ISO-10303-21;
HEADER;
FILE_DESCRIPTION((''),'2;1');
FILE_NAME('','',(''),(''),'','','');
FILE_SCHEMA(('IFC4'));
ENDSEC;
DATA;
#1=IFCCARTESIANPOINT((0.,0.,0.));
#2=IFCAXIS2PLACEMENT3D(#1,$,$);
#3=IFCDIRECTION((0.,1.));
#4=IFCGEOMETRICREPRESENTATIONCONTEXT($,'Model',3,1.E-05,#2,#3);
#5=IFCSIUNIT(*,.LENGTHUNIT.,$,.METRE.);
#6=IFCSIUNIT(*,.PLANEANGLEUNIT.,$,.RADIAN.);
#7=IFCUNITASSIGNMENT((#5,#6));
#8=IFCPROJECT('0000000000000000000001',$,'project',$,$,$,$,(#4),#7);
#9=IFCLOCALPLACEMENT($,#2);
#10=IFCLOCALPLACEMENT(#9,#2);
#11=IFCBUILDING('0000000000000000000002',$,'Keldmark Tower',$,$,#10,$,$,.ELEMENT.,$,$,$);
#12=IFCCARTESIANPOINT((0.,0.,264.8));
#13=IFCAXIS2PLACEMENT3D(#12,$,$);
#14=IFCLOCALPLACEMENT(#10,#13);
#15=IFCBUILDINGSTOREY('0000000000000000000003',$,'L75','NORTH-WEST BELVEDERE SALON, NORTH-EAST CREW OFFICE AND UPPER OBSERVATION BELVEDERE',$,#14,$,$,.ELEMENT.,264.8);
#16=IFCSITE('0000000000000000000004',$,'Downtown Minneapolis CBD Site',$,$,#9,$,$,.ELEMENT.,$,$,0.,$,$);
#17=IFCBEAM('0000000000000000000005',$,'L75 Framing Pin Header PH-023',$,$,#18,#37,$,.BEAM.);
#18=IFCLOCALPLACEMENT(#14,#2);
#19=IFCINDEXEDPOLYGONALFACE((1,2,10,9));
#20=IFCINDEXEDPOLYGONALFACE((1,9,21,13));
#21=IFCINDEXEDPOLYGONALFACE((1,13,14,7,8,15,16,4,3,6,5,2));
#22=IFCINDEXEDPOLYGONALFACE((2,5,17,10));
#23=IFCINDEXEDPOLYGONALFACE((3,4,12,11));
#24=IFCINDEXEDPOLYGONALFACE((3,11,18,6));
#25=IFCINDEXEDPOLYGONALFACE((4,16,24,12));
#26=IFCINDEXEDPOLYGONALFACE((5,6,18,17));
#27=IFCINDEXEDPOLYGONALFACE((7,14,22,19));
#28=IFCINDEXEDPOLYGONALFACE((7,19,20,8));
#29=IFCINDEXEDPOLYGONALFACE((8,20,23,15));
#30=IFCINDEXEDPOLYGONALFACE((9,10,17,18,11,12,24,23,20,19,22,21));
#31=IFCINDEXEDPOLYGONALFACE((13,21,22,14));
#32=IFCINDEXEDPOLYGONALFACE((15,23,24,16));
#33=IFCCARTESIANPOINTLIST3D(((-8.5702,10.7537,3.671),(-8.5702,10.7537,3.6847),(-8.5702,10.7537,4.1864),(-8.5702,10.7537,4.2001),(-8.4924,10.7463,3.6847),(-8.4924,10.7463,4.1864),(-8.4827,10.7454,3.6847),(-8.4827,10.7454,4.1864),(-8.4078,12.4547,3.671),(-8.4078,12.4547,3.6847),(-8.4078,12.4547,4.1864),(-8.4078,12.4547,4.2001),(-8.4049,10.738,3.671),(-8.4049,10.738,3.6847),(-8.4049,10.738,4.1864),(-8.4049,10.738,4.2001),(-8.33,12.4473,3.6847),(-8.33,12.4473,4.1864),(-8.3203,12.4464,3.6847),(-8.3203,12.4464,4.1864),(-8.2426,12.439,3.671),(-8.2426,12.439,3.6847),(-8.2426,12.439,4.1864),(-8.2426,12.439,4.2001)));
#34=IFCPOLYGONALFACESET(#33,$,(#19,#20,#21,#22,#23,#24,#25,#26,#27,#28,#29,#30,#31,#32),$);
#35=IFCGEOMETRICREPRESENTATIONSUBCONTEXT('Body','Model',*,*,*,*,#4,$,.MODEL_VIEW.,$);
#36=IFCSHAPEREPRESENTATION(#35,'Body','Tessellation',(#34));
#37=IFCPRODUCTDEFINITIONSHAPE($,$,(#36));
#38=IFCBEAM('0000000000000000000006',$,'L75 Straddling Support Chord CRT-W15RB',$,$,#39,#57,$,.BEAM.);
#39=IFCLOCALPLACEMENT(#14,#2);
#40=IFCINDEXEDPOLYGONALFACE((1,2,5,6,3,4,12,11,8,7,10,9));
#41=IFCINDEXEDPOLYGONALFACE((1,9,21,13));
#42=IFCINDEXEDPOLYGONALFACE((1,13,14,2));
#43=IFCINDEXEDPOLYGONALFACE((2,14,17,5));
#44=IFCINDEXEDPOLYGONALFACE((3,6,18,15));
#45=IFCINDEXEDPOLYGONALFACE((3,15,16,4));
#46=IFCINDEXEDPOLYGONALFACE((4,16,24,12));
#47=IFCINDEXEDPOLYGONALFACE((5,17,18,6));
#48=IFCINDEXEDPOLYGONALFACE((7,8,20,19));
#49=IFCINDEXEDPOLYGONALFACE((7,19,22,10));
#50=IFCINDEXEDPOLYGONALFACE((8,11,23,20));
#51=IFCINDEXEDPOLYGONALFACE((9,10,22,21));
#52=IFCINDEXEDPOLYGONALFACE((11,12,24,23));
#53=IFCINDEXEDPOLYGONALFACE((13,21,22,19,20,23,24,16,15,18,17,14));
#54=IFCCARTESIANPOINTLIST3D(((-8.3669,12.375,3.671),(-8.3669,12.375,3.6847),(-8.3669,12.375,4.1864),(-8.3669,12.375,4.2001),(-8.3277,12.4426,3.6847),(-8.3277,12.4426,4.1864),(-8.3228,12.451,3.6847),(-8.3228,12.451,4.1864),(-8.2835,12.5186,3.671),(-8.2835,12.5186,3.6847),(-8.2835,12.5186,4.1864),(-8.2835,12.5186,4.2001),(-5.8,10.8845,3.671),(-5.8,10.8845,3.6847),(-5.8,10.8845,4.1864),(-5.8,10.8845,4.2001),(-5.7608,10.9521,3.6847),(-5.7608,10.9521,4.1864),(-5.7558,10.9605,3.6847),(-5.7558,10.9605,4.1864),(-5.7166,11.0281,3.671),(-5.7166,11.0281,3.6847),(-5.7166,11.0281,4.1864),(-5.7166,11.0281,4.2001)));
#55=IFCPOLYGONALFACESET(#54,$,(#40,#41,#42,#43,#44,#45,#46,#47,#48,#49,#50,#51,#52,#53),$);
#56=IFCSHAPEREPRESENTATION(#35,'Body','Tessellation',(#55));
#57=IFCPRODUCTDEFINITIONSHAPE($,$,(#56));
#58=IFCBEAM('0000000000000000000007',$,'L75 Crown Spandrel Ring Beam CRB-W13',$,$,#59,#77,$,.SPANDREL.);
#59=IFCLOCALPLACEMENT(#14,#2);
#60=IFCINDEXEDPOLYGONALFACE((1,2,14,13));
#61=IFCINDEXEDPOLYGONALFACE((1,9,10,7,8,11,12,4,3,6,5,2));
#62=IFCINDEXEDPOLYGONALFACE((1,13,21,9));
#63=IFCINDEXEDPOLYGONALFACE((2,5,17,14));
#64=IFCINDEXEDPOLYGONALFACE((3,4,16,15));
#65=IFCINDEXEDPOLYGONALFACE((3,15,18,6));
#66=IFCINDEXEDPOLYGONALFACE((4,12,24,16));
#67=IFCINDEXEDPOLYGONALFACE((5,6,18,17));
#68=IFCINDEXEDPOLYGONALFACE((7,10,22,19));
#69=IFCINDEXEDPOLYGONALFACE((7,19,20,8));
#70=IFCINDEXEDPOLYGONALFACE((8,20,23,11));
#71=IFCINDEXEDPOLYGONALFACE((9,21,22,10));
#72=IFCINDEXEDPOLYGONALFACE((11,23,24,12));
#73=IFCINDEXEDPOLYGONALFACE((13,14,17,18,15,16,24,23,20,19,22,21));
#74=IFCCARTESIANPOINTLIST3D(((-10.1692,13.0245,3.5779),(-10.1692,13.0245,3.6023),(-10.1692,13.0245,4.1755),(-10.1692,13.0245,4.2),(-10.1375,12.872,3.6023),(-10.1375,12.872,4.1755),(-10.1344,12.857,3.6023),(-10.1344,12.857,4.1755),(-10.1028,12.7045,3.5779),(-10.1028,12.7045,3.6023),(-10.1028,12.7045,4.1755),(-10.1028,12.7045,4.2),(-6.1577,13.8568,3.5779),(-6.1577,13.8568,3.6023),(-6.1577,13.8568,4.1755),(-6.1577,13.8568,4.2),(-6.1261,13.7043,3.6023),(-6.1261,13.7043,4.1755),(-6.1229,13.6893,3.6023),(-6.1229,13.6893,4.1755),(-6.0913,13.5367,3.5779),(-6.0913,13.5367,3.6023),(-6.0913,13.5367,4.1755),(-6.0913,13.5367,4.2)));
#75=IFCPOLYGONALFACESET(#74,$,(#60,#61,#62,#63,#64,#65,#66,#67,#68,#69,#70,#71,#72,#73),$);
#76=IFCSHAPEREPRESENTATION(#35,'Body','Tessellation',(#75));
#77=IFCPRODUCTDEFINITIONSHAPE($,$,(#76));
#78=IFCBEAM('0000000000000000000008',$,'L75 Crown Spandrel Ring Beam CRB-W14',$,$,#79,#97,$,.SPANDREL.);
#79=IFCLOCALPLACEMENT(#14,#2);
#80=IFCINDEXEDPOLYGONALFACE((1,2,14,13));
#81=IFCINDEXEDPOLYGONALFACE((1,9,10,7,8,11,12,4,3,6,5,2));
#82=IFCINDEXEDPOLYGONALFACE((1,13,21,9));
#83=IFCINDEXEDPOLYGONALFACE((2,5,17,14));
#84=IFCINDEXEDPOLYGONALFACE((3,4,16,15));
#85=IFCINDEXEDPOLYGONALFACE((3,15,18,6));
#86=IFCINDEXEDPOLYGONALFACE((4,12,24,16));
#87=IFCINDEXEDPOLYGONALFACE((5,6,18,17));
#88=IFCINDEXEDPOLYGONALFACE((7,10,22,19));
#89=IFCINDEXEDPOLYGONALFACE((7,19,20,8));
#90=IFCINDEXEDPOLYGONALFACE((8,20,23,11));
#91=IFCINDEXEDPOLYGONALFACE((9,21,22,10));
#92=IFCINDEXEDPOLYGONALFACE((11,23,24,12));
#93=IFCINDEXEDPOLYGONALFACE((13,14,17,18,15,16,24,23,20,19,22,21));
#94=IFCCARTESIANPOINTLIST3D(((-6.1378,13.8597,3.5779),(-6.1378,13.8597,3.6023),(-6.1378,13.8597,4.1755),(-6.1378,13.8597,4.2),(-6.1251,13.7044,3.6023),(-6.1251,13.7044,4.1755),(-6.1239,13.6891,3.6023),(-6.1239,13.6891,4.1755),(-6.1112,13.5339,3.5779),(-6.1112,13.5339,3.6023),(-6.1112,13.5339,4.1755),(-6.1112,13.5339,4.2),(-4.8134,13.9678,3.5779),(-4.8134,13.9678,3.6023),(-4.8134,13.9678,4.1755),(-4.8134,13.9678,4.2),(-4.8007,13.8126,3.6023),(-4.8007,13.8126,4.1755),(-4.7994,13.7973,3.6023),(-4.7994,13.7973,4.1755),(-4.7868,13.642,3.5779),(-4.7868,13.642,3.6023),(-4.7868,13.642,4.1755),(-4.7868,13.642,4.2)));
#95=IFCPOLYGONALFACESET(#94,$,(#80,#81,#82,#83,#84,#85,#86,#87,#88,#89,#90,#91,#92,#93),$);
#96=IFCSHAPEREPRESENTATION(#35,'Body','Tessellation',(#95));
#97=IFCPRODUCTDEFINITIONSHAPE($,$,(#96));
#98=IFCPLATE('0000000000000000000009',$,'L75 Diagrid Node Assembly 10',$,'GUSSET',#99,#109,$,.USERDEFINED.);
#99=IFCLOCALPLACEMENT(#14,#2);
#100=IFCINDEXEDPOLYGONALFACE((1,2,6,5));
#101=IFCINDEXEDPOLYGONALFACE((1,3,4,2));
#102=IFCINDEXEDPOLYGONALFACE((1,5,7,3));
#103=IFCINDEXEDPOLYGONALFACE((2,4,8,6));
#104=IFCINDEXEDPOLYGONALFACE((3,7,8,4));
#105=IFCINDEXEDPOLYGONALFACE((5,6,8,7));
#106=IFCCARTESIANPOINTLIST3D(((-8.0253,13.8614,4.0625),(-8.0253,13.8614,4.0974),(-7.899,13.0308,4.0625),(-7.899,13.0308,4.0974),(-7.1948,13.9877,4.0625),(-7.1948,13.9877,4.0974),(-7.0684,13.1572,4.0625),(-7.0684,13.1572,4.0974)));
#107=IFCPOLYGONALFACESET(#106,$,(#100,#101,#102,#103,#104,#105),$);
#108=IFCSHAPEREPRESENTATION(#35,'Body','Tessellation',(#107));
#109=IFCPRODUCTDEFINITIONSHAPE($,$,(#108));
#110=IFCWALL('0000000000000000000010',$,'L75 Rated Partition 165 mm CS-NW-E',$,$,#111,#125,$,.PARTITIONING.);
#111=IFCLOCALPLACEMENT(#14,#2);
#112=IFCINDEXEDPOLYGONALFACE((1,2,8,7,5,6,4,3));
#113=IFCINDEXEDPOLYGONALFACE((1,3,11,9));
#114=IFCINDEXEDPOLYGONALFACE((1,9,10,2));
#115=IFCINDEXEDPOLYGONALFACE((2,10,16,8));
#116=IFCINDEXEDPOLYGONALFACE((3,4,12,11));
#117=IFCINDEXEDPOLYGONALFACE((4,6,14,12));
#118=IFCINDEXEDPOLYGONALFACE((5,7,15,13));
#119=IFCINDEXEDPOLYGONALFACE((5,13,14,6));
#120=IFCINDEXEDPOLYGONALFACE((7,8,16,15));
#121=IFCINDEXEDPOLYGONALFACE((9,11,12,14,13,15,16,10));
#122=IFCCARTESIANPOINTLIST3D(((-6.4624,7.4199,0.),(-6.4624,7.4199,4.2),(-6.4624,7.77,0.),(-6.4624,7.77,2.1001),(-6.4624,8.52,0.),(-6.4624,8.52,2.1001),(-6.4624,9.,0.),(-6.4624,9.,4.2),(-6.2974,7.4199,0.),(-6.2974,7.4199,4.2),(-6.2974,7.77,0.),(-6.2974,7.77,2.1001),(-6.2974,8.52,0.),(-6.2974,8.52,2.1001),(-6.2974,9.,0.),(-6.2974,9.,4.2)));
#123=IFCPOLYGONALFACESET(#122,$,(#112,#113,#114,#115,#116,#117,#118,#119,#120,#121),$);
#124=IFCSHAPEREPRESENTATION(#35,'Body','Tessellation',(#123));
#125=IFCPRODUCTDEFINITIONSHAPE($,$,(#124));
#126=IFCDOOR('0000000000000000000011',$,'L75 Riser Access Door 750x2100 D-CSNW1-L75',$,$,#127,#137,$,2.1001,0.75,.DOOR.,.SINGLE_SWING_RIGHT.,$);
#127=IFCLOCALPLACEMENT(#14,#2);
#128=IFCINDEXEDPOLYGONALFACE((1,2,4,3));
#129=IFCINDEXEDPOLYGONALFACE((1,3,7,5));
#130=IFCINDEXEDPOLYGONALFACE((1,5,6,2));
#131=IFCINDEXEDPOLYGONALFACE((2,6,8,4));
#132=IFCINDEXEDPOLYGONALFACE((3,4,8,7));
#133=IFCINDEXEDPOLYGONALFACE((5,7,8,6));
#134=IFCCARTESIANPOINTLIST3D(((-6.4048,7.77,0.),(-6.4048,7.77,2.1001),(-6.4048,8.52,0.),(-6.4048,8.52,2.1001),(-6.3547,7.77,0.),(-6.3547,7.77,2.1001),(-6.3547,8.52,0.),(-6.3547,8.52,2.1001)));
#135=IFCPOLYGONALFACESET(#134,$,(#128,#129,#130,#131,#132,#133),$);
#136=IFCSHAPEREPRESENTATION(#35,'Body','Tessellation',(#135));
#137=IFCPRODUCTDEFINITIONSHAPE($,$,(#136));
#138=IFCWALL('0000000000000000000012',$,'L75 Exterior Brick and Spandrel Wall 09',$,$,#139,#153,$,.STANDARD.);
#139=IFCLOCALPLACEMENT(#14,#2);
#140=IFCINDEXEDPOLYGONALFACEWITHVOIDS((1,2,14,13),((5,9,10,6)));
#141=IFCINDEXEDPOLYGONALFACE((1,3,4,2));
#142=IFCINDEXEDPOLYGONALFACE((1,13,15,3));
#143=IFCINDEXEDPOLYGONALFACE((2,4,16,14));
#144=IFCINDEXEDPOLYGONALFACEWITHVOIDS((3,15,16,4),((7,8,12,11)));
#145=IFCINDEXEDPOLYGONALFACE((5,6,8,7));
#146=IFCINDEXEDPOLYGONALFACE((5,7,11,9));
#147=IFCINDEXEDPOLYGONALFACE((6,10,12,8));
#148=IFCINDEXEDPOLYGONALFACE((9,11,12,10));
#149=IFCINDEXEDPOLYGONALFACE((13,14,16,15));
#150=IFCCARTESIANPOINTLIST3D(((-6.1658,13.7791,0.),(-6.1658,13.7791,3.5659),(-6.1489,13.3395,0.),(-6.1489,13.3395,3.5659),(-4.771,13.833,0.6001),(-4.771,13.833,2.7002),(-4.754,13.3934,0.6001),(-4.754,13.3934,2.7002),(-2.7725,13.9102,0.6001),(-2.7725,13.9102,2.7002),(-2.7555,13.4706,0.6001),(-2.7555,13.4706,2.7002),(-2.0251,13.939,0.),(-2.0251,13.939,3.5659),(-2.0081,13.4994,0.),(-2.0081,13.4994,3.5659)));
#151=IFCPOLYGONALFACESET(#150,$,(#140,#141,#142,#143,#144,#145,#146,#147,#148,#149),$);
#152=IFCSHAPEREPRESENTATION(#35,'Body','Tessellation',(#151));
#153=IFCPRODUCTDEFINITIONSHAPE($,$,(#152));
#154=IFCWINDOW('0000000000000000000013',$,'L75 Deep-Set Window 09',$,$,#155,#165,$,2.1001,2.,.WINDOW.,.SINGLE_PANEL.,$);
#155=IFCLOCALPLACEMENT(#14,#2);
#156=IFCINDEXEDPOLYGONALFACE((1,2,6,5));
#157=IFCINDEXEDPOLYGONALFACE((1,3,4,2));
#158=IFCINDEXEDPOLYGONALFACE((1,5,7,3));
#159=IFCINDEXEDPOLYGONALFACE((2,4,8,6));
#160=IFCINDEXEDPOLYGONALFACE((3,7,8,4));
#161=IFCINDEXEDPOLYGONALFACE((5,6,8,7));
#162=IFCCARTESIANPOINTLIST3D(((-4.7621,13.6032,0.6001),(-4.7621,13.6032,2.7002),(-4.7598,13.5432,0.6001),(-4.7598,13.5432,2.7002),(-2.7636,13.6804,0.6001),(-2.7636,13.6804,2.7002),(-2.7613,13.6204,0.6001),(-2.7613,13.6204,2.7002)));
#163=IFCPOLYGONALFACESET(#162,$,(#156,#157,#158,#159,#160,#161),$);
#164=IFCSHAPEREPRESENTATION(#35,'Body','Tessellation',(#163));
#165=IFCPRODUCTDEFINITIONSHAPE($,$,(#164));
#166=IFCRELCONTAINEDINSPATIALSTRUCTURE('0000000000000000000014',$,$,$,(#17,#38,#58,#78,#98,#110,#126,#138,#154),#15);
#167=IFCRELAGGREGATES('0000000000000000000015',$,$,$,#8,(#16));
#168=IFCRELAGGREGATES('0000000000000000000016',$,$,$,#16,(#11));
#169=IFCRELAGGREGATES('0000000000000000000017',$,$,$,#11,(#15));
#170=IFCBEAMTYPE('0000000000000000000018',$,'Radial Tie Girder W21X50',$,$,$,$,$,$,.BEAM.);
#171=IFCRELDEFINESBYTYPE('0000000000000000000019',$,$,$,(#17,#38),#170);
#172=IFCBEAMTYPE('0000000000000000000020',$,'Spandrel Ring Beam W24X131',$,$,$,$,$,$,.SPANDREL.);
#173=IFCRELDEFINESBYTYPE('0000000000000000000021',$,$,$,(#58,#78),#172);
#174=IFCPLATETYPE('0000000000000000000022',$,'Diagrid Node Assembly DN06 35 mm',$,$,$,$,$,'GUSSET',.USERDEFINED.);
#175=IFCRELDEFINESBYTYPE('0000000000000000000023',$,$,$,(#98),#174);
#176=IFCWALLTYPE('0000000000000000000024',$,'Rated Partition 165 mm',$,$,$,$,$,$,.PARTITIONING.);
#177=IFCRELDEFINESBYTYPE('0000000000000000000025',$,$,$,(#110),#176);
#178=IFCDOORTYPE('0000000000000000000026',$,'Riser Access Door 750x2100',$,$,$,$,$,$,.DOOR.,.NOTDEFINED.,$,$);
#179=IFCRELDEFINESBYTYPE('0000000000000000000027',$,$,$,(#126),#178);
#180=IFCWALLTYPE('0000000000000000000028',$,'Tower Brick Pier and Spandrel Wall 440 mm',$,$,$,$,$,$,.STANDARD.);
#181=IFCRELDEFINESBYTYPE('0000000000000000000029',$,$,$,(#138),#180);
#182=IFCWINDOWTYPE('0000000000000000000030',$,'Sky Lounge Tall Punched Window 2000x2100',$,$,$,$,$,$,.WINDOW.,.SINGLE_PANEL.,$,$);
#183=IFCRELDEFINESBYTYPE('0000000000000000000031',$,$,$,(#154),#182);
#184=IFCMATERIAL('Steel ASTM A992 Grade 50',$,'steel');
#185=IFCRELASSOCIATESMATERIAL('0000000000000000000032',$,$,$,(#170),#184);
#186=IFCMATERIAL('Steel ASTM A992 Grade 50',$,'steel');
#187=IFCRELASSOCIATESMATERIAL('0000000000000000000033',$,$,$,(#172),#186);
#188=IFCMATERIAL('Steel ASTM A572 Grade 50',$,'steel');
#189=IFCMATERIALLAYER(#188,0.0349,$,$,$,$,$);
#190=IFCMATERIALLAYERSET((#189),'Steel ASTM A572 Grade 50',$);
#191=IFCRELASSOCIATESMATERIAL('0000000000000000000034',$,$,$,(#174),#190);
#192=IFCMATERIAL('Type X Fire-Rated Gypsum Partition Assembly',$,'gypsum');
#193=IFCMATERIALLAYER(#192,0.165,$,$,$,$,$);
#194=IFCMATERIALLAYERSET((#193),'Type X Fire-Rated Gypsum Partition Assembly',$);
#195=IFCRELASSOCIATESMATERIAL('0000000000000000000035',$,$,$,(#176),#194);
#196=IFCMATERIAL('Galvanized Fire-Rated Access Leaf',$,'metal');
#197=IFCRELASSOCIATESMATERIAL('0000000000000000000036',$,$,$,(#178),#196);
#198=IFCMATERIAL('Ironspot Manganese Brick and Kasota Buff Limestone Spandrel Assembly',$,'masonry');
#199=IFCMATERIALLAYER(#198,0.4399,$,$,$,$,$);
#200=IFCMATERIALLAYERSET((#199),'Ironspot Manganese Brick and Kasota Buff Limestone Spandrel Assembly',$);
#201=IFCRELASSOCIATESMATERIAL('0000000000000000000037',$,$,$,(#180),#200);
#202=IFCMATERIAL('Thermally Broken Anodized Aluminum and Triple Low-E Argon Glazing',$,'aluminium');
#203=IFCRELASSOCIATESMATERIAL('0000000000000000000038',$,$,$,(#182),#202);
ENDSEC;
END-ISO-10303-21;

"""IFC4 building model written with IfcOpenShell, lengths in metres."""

from ifc_helpers import new_model, si_unit, direction, frame, frame_2d, origin, origin_2d, place, context, subcontext, project, spatial, rectangle, i_section, extrude, material, layer, layer_set, material_profile, profile_set, type_object, element, fill, save


model = new_model("IFC4")

# Units and contexts
model_context = context("Model", 3, precision=1e-05, world=origin(), true_north=direction((0.0, 1.0)))
body_context = subcontext(model_context, "Body", "Model", "MODEL_VIEW")
ifc_project = project(units=[si_unit("LENGTHUNIT", "METRE"), si_unit("PLANEANGLEUNIT", "RADIAN")], contexts=[model_context])

# Site, building, storey
site_placement = place(None, origin())
site = spatial("IfcSite", under=ifc_project, at=site_placement, Name="Downtown Minneapolis CBD Site", CompositionType="ELEMENT", RefElevation=0.0)
building_placement = place(site_placement, origin())
building = spatial("IfcBuilding", under=site, at=building_placement, Name="Keldmark Tower", CompositionType="ELEMENT")
storey_placement = place(building_placement, frame((0.0, 0.0, 264.8)))
storey = spatial("IfcBuildingStorey", under=building, at=storey_placement, Name="L75", Description="NORTH-WEST BELVEDERE SALON, NORTH-EAST CREW OFFICE AND UPPER OBSERVATION BELVEDERE", CompositionType="ELEMENT", Elevation=264.8)

# Beams
ifc_material_1 = material(Name="Steel ASTM A992 Grade 50", Category="steel")
ifc_material_profile_1 = material_profile(ifc_material_1, i_section(OverallWidth=0.166, OverallDepth=0.5291, WebThickness=0.0098, FlangeThickness=0.0137, at=origin_2d()), Name="W21X50")
ifc_profile_set_1 = profile_set([ifc_material_profile_1], Name="Steel ASTM A992 Grade 50")
beam_type_1 = type_object("IfcBeamType", Name="Radial Tie Girder W21X50", PredefinedType="BEAM", material=ifc_profile_set_1)
beam_1_placement = place(storey_placement, frame((-8.4875, 10.7458, 3.9355), z_axis=(0.095018, 0.995476, 0.0), x_axis=(-0.995476, 0.095018, 0.0)))
element("IfcBeam", 1, at=beam_1_placement, inside=storey, type_object=beam_type_1, Name="L75 Framing Pin Header PH-023", PredefinedType="BEAM", context=body_context, shape_type="SweptSolid", body=[
    extrude(i_section(OverallWidth=0.166, OverallDepth=0.5291, WebThickness=0.0098, FlangeThickness=0.0137, at=origin_2d()), origin(), (0.0, 0.0, 1.0), 1.7087),
])
beam_2_placement = place(storey_placement, frame((-5.7583, 10.9563, 3.9355), z_axis=(-0.864785, 0.502141, 0.0), x_axis=(-0.502141, -0.864785, 0.0)))
element("IfcBeam", 2, at=beam_2_placement, inside=storey, type_object=beam_type_1, Name="L75 Straddling Support Chord CRT-W15RB", PredefinedType="BEAM", context=body_context, shape_type="SweptSolid", body=[
    extrude(i_section(OverallWidth=0.166, OverallDepth=0.5291, WebThickness=0.0098, FlangeThickness=0.0137, at=origin_2d()), origin(), (0.0, 0.0, 1.0), 2.9683),
])
ifc_material_2 = material(Name="Steel ASTM A992 Grade 50", Category="steel")
ifc_material_profile_2 = material_profile(ifc_material_2, i_section(OverallWidth=0.3269, OverallDepth=0.6221, WebThickness=0.0154, FlangeThickness=0.0244, at=origin_2d()), Name="W24X131")
ifc_profile_set_2 = profile_set([ifc_material_profile_2], Name="Steel ASTM A992 Grade 50")
beam_type_2 = type_object("IfcBeamType", Name="Spandrel Ring Beam W24X131", PredefinedType="SPANDREL", material=ifc_profile_set_2)
beam_3_placement = place(storey_placement, frame((-10.136, 12.8645, 3.8889), z_axis=(0.979148, 0.203147, 0.0), x_axis=(-0.203147, 0.979148, 0.0)))
element("IfcBeam", 3, at=beam_3_placement, inside=storey, type_object=beam_type_2, Name="L75 Crown Spandrel Ring Beam CRB-W13", PredefinedType="SPANDREL", context=body_context, shape_type="SweptSolid", body=[
    extrude(i_section(OverallWidth=0.3269, OverallDepth=0.6221, WebThickness=0.0154, FlangeThickness=0.0244, at=origin_2d()), origin(), (0.0, 0.0, 1.0), 4.0969),
])
beam_4_placement = place(storey_placement, frame((-6.1245, 13.6968, 3.8889), z_axis=(0.996682, 0.081388, 0.0), x_axis=(-0.081388, 0.996682, 0.0)))
element("IfcBeam", 4, at=beam_4_placement, inside=storey, type_object=beam_type_2, Name="L75 Crown Spandrel Ring Beam CRB-W14", PredefinedType="SPANDREL", context=body_context, shape_type="SweptSolid", body=[
    extrude(i_section(OverallWidth=0.3269, OverallDepth=0.6221, WebThickness=0.0154, FlangeThickness=0.0244, at=origin_2d()), origin(), (0.0, 0.0, 1.0), 1.3289),
])

# Plate
ifc_material_3 = material(Name="Steel ASTM A572 Grade 50", Category="steel")
ifc_layer_1 = layer(ifc_material_3, 0.0349)
ifc_layer_set_1 = layer_set([ifc_layer_1], Name="Steel ASTM A572 Grade 50")
plate_type = type_object("IfcPlateType", Name="Diagrid Node Assembly DN06 35 mm", ElementType="GUSSET", PredefinedType="USERDEFINED", material=ifc_layer_set_1)
plate_placement = place(storey_placement, frame((-7.5469, 13.5093, 4.0625), z_axis=(0.0, 0.0, 1.0), x_axis=(-0.988626, -0.150398, 0.0)))
element("IfcPlate", 5, at=plate_placement, inside=storey, type_object=plate_type, Name="L75 Diagrid Node Assembly 10", ObjectType="GUSSET", PredefinedType="USERDEFINED", context=body_context, shape_type="SweptSolid", body=[
    extrude(rectangle(XDim=0.8401, YDim=0.8401, at=origin_2d()), origin(), (0.0, 0.0, 1.0), 0.0349),
])

# Wall, opening, door
ifc_material_4 = material(Name="Type X Fire-Rated Gypsum Partition Assembly", Category="gypsum")
ifc_layer_2 = layer(ifc_material_4, 0.165)
ifc_layer_set_2 = layer_set([ifc_layer_2], Name="Type X Fire-Rated Gypsum Partition Assembly")
wall_type_1 = type_object("IfcWallType", Name="Rated Partition 165 mm", PredefinedType="PARTITIONING", material=ifc_layer_set_2)
wall_1_placement = place(storey_placement, frame((-6.3799, 7.4199, 0.0), z_axis=(0.0, 0.0, 1.0), x_axis=(0.0, 1.0, 0.0)))
wall_1 = element("IfcWall", 6, at=wall_1_placement, inside=storey, type_object=wall_type_1, Name="L75 Rated Partition 165 mm CS-NW-E", PredefinedType="PARTITIONING", context=body_context, shape_type="SweptSolid", body=[
    extrude(rectangle(XDim=1.5801, YDim=0.165, at=frame_2d((0.79, 0.0))), origin(), (0.0, 0.0, 1.0), 4.2),
])
opening_1_placement = place(wall_1_placement, frame((0.3501, 0.0, 0.0)))
opening_1 = element("IfcOpeningElement", 7, at=opening_1_placement, cuts=wall_1, PredefinedType="OPENING", context=body_context, shape_type="SweptSolid", body=[
    extrude(rectangle(XDim=0.75, YDim=2.1001, at=frame_2d((0.375, 1.05))), frame((0.0, 0.0925, 0.0), z_axis=(0.0, -1.0, 0.0), x_axis=(1.0, 0.0, 0.0)), (0.0, 0.0, 1.0), 0.1851),
])
ifc_material_5 = material(Name="Galvanized Fire-Rated Access Leaf", Category="metal")
door_type = type_object("IfcDoorType", Name="Riser Access Door 750x2100", OperationType="NOTDEFINED", PredefinedType="DOOR", material=ifc_material_5)
door_placement = place(opening_1_placement, origin())
door = element("IfcDoor", 8, at=door_placement, inside=storey, type_object=door_type, Name="L75 Riser Access Door 750x2100 D-CSNW1-L75", OperationType="SINGLE_SWING_RIGHT", OverallHeight=2.1001, OverallWidth=0.75, PredefinedType="DOOR", context=body_context, shape_type="SweptSolid", body=[
    extrude(rectangle(XDim=0.75, YDim=2.1001, at=frame_2d((0.375, 1.05))), frame((0.0, 0.0249, 0.0), z_axis=(0.0, -1.0, 0.0), x_axis=(1.0, 0.0, 0.0)), (0.0, 0.0, 1.0), 0.05),
])
fill(opening_1, door)

# Wall, opening, window
ifc_material_6 = material(Name="Ironspot Manganese Brick and Kasota Buff Limestone Spandrel Assembly", Category="masonry")
ifc_layer_3 = layer(ifc_material_6, 0.4399)
ifc_layer_set_3 = layer_set([ifc_layer_3], Name="Ironspot Manganese Brick and Kasota Buff Limestone Spandrel Assembly")
wall_type_2 = type_object("IfcWallType", Name="Tower Brick Pier and Spandrel Wall 440 mm", PredefinedType="STANDARD", material=ifc_layer_set_3)
wall_2_placement = place(storey_placement, frame((-6.1572, 13.5593, 0.0), z_axis=(0.0, 0.0, 1.0), x_axis=(0.999255, 0.038592, 0.0)))
wall_2 = element("IfcWall", 9, at=wall_2_placement, inside=storey, type_object=wall_type_2, Name="L75 Exterior Brick and Spandrel Wall 09", PredefinedType="STANDARD", context=body_context, shape_type="SweptSolid", body=[
    extrude(rectangle(XDim=4.1438, YDim=0.4399, at=frame_2d((2.0718, 0.0))), origin(), (0.0, 0.0, 1.0), 3.5659),
])
opening_2_placement = place(wall_2_placement, frame((1.3958, 0.0, 0.6001)))
opening_2 = element("IfcOpeningElement", 10, at=opening_2_placement, cuts=wall_2, PredefinedType="OPENING", context=body_context, shape_type="SweptSolid", body=[
    extrude(rectangle(XDim=2.0, YDim=2.1001, at=frame_2d((1.0, 1.05))), frame((0.0, 0.23, 0.0), z_axis=(0.0, -1.0, 0.0), x_axis=(1.0, 0.0, 0.0)), (0.0, 0.0, 1.0), 0.46),
])
ifc_material_7 = material(Name="Thermally Broken Anodized Aluminum and Triple Low-E Argon Glazing", Category="aluminium")
window_type = type_object("IfcWindowType", Name="Sky Lounge Tall Punched Window 2000x2100", PartitioningType="SINGLE_PANEL", PredefinedType="WINDOW", material=ifc_material_7)
window_1_placement = place(opening_2_placement, origin())
window_1 = element("IfcWindow", 11, at=window_1_placement, inside=storey, type_object=window_type, Name="L75 Deep-Set Window 09", OverallHeight=2.1001, OverallWidth=2.0, PartitioningType="SINGLE_PANEL", PredefinedType="WINDOW", context=body_context, shape_type="SweptSolid", body=[
    extrude(rectangle(XDim=2.0, YDim=2.1001, at=frame_2d((1.0, 1.05))), frame((0.0, -0.01, 0.0), z_axis=(0.0, -1.0, 0.0), x_axis=(1.0, 0.0, 0.0)), (0.0, 0.0, 1.0), 0.0601),
])
fill(opening_2, window_1)

save(model, "model.ifc")
